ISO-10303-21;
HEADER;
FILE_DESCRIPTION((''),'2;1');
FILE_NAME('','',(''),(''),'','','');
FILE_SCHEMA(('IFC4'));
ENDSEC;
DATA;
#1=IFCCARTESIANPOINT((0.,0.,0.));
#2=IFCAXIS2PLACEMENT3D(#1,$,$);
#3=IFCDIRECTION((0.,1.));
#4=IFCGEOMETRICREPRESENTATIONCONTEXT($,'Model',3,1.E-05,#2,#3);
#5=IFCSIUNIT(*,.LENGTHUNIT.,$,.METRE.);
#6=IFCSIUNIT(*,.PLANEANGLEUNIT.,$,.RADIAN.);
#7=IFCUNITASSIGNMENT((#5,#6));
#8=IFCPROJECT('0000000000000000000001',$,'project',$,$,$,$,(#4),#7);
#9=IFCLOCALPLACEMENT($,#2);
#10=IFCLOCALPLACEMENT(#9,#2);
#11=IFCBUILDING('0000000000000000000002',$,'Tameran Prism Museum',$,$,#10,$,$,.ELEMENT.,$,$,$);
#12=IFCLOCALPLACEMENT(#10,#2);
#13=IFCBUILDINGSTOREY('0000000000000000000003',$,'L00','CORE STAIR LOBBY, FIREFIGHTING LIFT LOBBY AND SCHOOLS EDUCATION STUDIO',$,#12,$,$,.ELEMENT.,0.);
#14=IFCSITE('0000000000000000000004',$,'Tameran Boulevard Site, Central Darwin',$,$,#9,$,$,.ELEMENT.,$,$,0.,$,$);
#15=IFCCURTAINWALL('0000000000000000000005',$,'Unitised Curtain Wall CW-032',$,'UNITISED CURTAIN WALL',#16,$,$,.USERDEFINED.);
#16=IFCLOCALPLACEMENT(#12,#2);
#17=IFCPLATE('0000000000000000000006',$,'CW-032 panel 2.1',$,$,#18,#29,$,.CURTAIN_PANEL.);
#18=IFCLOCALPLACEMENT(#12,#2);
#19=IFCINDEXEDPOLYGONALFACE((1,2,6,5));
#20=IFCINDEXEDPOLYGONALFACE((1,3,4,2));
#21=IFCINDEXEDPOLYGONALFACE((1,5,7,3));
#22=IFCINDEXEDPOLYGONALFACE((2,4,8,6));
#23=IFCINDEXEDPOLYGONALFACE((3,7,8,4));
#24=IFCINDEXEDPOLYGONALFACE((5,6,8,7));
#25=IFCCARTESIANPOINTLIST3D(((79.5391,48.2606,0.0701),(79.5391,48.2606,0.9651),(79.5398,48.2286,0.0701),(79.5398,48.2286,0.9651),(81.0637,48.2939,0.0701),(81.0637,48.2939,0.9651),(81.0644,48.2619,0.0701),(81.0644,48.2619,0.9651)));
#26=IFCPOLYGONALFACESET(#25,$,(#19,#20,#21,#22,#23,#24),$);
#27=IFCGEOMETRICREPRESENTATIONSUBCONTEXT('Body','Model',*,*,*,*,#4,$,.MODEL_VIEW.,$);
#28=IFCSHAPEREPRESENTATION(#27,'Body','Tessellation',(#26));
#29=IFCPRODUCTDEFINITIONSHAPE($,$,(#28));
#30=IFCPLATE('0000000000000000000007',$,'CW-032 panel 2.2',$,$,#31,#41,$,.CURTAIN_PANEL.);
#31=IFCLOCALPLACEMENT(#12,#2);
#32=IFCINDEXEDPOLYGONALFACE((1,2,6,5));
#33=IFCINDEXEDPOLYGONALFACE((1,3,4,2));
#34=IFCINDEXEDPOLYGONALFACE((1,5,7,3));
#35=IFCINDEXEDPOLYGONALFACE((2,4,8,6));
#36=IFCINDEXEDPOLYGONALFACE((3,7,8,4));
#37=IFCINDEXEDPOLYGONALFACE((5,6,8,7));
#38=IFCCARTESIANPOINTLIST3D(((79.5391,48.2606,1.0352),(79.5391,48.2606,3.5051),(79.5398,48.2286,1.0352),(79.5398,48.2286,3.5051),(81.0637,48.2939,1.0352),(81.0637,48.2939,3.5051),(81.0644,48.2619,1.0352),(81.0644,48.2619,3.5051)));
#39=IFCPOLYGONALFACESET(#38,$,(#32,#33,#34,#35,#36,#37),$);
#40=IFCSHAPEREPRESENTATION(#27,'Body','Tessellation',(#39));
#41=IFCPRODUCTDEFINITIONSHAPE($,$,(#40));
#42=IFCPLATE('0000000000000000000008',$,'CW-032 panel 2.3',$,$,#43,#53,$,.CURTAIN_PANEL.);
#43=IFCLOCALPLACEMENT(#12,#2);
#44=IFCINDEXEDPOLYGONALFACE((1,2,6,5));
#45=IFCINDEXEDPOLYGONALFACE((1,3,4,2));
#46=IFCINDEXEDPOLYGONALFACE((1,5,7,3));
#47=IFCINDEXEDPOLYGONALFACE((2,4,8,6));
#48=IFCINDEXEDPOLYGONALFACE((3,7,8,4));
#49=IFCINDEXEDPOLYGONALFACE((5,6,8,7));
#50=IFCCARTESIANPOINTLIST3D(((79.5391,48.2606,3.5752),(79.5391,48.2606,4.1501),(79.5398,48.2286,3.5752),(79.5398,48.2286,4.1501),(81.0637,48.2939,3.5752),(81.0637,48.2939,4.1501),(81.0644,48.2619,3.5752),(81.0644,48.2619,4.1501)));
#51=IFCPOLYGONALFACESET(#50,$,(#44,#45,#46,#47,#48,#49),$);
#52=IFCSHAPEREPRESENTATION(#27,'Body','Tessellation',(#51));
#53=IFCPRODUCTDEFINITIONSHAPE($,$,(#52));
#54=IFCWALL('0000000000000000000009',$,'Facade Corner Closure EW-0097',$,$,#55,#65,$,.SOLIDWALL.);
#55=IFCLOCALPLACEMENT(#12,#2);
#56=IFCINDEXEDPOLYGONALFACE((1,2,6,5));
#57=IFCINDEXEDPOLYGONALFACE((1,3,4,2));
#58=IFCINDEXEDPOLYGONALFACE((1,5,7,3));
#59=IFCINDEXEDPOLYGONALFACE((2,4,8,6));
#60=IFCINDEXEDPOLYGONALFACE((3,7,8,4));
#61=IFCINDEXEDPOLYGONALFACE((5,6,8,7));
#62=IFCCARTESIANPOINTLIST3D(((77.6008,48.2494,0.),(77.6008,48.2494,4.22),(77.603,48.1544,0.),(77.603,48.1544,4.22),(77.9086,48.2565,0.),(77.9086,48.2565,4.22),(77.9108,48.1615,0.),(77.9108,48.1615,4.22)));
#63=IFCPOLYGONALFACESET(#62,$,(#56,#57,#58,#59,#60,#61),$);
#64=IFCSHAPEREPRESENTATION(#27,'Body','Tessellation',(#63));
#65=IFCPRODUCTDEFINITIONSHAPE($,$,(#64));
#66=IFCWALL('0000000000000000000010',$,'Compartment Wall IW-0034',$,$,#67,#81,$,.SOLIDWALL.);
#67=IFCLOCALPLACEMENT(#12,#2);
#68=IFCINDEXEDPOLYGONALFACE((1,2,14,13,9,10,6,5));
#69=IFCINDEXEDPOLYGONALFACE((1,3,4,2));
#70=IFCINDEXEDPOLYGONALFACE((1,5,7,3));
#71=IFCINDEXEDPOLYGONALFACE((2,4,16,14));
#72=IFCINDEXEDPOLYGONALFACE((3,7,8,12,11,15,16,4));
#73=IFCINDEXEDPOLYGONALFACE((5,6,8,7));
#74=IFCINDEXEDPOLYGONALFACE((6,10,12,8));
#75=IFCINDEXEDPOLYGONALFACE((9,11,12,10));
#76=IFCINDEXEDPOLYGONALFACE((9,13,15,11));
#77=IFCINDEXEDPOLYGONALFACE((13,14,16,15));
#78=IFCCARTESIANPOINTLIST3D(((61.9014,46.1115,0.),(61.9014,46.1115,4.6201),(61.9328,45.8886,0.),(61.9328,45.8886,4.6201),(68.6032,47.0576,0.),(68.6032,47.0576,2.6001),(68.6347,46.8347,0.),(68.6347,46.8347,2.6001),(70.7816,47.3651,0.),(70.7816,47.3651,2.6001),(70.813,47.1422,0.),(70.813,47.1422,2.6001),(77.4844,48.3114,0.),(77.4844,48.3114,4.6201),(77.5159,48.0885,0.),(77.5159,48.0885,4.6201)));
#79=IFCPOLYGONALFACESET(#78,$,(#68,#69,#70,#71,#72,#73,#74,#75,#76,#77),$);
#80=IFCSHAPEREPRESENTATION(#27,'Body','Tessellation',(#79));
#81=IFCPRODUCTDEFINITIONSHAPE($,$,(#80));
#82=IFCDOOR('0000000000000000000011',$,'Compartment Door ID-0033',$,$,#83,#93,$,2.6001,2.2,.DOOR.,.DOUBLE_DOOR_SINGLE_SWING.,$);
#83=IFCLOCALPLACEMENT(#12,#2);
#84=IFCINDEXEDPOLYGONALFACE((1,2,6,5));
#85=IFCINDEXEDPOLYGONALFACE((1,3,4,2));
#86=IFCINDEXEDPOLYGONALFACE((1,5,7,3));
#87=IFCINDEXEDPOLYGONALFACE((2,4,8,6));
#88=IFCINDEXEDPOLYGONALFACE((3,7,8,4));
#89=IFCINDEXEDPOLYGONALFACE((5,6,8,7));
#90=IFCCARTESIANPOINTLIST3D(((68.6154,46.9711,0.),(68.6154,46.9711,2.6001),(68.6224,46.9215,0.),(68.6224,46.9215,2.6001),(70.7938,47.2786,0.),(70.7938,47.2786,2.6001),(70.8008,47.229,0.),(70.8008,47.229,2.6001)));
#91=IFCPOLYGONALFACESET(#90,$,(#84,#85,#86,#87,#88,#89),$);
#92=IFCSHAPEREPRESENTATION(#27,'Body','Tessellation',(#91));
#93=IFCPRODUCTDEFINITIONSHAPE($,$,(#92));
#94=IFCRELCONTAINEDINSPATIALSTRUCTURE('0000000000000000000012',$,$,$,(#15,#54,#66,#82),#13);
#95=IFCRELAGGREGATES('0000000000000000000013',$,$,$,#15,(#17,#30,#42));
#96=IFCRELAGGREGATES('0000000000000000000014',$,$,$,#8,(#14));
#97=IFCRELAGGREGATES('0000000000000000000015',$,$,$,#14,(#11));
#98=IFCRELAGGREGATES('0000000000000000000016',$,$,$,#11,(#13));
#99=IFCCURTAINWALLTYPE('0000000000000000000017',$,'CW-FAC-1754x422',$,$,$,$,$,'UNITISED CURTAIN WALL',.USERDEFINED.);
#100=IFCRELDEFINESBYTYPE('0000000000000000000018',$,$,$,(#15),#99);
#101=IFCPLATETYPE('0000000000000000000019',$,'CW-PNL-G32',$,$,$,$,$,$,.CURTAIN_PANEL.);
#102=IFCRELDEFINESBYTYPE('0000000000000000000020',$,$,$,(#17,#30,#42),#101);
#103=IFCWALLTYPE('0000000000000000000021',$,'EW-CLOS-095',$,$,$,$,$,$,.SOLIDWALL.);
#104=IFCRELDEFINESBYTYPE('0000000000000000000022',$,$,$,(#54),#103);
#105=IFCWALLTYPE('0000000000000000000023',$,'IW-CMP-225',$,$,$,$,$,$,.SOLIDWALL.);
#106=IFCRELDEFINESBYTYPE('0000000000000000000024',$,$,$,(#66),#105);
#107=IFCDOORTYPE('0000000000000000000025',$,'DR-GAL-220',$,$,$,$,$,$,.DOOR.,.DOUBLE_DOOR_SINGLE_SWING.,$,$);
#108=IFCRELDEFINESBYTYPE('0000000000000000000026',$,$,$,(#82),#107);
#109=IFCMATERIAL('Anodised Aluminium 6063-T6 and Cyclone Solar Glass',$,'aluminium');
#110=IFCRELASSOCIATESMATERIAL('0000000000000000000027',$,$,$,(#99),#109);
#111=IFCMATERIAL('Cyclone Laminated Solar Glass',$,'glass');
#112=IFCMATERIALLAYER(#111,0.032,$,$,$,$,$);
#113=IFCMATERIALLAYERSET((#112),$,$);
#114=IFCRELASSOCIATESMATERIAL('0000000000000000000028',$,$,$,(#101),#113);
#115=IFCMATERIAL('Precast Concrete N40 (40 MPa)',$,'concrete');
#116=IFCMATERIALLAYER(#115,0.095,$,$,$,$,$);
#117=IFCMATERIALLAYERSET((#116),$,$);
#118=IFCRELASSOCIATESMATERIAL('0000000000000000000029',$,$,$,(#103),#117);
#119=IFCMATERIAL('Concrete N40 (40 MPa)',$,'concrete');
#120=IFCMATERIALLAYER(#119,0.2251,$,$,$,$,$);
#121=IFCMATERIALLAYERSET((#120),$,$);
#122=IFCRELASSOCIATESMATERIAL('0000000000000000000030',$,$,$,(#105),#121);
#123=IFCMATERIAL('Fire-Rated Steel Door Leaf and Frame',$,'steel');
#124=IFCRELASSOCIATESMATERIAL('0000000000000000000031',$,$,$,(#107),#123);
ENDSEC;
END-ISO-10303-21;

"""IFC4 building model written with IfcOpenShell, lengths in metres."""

from ifc_helpers import new_model, si_unit, direction, frame, frame_2d, origin, origin_2d, place, context, subcontext, project, spatial, rectangle, extrude, material, layer, layer_set, type_object, element, fill, aggregate, save


model = new_model("IFC4")

# Units and contexts
model_context = context("Model", 3, precision=1e-05, world=origin(), true_north=direction((0.0, 1.0)))
body_context = subcontext(model_context, "Body", "Model", "MODEL_VIEW")
ifc_project = project(units=[si_unit("LENGTHUNIT", "METRE"), si_unit("PLANEANGLEUNIT", "RADIAN")], contexts=[model_context])

# Site, building, storey
site_placement = place(None, origin())
site = spatial("IfcSite", under=ifc_project, at=site_placement, Name="Tameran Boulevard Site, Central Darwin", CompositionType="ELEMENT", RefElevation=0.0)
building_placement = place(site_placement, origin())
building = spatial("IfcBuilding", under=site, at=building_placement, Name="Tameran Prism Museum", CompositionType="ELEMENT")
storey_placement = place(building_placement, origin())
storey = spatial("IfcBuildingStorey", under=building, at=storey_placement, Name="L00", Description="CORE STAIR LOBBY, FIREFIGHTING LIFT LOBBY AND SCHOOLS EDUCATION STUDIO", CompositionType="ELEMENT", Elevation=0.0)

# Curtain wall, plates
ifc_material_1 = material(Name="Anodised Aluminium 6063-T6 and Cyclone Solar Glass", Category="aluminium")
curtain_wall_type = type_object("IfcCurtainWallType", Name="CW-FAC-1754x422", ElementType="UNITISED CURTAIN WALL", PredefinedType="USERDEFINED", material=ifc_material_1)
curtain_wall_placement = place(storey_placement, origin())
curtain_wall = element("IfcCurtainWall", 1, at=curtain_wall_placement, inside=storey, type_object=curtain_wall_type, Name="Unitised Curtain Wall CW-032", ObjectType="UNITISED CURTAIN WALL", PredefinedType="USERDEFINED")
ifc_material_2 = material(Name="Cyclone Laminated Solar Glass", Category="glass")
ifc_layer_1 = layer(ifc_material_2, 0.032)
ifc_layer_set_1 = layer_set([ifc_layer_1])
plate_type = type_object("IfcPlateType", Name="CW-PNL-G32", PredefinedType="CURTAIN_PANEL", material=ifc_layer_set_1)
plate_1_placement = place(storey_placement, frame((80.3018, 48.2612, 0.0701), z_axis=(0.0, 0.0, 1.0), x_axis=(0.999762, 0.021831, 0.0)))
plate_1 = element("IfcPlate", 2, at=plate_1_placement, type_object=plate_type, Name="CW-032 panel 2.1", PredefinedType="CURTAIN_PANEL", context=body_context, shape_type="SweptSolid", body=[
    extrude(rectangle(XDim=1.5249, YDim=0.032, at=origin_2d()), origin(), (0.0, 0.0, 1.0), 0.895),
])
plate_2_placement = place(storey_placement, frame((80.3018, 48.2612, 1.0352), z_axis=(0.0, 0.0, 1.0), x_axis=(0.999762, 0.021831, 0.0)))
plate_2 = element("IfcPlate", 3, at=plate_2_placement, type_object=plate_type, Name="CW-032 panel 2.2", PredefinedType="CURTAIN_PANEL", context=body_context, shape_type="SweptSolid", body=[
    extrude(rectangle(XDim=1.5249, YDim=0.032, at=origin_2d()), origin(), (0.0, 0.0, 1.0), 2.47),
])
plate_3_placement = place(storey_placement, frame((80.3018, 48.2612, 3.5752), z_axis=(0.0, 0.0, 1.0), x_axis=(0.999762, 0.021831, 0.0)))
plate_3 = element("IfcPlate", 4, at=plate_3_placement, type_object=plate_type, Name="CW-032 panel 2.3", PredefinedType="CURTAIN_PANEL", context=body_context, shape_type="SweptSolid", body=[
    extrude(rectangle(XDim=1.5249, YDim=0.032, at=origin_2d()), origin(), (0.0, 0.0, 1.0), 0.575),
])
aggregate(curtain_wall, [plate_1, plate_2, plate_3])

# Wall
ifc_material_3 = material(Name="Precast Concrete N40 (40 MPa)", Category="concrete")
ifc_layer_2 = layer(ifc_material_3, 0.095)
ifc_layer_set_2 = layer_set([ifc_layer_2])
wall_type_1 = type_object("IfcWallType", Name="EW-CLOS-095", PredefinedType="SOLIDWALL", material=ifc_layer_set_2)
wall_1_placement = place(storey_placement, frame((77.6021, 48.2019, 0.0), z_axis=(0.0, 0.0, 1.0), x_axis=(0.999736, 0.022992, 0.0)))
element("IfcWall", 5, at=wall_1_placement, inside=storey, type_object=wall_type_1, Name="Facade Corner Closure EW-0097", PredefinedType="SOLIDWALL", context=body_context, shape_type="SweptSolid", body=[
    extrude(rectangle(XDim=0.3079, YDim=0.095, at=frame_2d((0.1538, 0.0))), origin(), (0.0, 0.0, 1.0), 4.22),
])

# Wall, opening, door
ifc_material_4 = material(Name="Concrete N40 (40 MPa)", Category="concrete")
ifc_layer_3 = layer(ifc_material_4, 0.2251)
ifc_layer_set_3 = layer_set([ifc_layer_3])
wall_type_2 = type_object("IfcWallType", Name="IW-CMP-225", PredefinedType="SOLIDWALL", material=ifc_layer_set_3)
wall_2_placement = place(storey_placement, frame((77.5, 48.2, 0.0), z_axis=(0.0, 0.0, 1.0), x_axis=(-0.990181, -0.13979, 0.0)))
wall_2 = element("IfcWall", 6, at=wall_2_placement, inside=storey, type_object=wall_type_2, Name="Compartment Wall IW-0034", PredefinedType="SOLIDWALL", context=body_context, shape_type="SweptSolid", body=[
    extrude(rectangle(XDim=15.7375, YDim=0.2251, at=frame_2d((7.8687, 0.0))), origin(), (0.0, 0.0, 1.0), 4.6201),
])
opening_placement = place(wall_2_placement, frame((6.769, 0.0, 0.0)))
opening = element("IfcOpeningElement", 7, at=opening_placement, cuts=wall_2, PredefinedType="OPENING", context=body_context, shape_type="SweptSolid", body=[
    extrude(rectangle(XDim=2.2, YDim=2.6001, at=frame_2d((1.1001, 1.3))), frame((0.0, 0.1226, 0.0), z_axis=(0.0, -1.0, 0.0), x_axis=(1.0, 0.0, 0.0)), (0.0, 0.0, 1.0), 0.2451),
])
ifc_material_5 = material(Name="Fire-Rated Steel Door Leaf and Frame", Category="steel")
door_type = type_object("IfcDoorType", Name="DR-GAL-220", OperationType="DOUBLE_DOOR_SINGLE_SWING", PredefinedType="DOOR", material=ifc_material_5)
door_placement = place(opening_placement, origin())
door = element("IfcDoor", 8, at=door_placement, inside=storey, type_object=door_type, Name="Compartment Door ID-0033", OperationType="DOUBLE_DOOR_SINGLE_SWING", OverallHeight=2.6001, OverallWidth=2.2, PredefinedType="DOOR", context=body_context, shape_type="SweptSolid", body=[
    extrude(rectangle(XDim=2.2, YDim=2.6001, at=frame_2d((1.1001, 1.3))), frame((0.0, 0.0249, 0.0), z_axis=(0.0, -1.0, 0.0), x_axis=(1.0, 0.0, 0.0)), (0.0, 0.0, 1.0), 0.05),
])
fill(opening, door)

save(model, "model.ifc")
